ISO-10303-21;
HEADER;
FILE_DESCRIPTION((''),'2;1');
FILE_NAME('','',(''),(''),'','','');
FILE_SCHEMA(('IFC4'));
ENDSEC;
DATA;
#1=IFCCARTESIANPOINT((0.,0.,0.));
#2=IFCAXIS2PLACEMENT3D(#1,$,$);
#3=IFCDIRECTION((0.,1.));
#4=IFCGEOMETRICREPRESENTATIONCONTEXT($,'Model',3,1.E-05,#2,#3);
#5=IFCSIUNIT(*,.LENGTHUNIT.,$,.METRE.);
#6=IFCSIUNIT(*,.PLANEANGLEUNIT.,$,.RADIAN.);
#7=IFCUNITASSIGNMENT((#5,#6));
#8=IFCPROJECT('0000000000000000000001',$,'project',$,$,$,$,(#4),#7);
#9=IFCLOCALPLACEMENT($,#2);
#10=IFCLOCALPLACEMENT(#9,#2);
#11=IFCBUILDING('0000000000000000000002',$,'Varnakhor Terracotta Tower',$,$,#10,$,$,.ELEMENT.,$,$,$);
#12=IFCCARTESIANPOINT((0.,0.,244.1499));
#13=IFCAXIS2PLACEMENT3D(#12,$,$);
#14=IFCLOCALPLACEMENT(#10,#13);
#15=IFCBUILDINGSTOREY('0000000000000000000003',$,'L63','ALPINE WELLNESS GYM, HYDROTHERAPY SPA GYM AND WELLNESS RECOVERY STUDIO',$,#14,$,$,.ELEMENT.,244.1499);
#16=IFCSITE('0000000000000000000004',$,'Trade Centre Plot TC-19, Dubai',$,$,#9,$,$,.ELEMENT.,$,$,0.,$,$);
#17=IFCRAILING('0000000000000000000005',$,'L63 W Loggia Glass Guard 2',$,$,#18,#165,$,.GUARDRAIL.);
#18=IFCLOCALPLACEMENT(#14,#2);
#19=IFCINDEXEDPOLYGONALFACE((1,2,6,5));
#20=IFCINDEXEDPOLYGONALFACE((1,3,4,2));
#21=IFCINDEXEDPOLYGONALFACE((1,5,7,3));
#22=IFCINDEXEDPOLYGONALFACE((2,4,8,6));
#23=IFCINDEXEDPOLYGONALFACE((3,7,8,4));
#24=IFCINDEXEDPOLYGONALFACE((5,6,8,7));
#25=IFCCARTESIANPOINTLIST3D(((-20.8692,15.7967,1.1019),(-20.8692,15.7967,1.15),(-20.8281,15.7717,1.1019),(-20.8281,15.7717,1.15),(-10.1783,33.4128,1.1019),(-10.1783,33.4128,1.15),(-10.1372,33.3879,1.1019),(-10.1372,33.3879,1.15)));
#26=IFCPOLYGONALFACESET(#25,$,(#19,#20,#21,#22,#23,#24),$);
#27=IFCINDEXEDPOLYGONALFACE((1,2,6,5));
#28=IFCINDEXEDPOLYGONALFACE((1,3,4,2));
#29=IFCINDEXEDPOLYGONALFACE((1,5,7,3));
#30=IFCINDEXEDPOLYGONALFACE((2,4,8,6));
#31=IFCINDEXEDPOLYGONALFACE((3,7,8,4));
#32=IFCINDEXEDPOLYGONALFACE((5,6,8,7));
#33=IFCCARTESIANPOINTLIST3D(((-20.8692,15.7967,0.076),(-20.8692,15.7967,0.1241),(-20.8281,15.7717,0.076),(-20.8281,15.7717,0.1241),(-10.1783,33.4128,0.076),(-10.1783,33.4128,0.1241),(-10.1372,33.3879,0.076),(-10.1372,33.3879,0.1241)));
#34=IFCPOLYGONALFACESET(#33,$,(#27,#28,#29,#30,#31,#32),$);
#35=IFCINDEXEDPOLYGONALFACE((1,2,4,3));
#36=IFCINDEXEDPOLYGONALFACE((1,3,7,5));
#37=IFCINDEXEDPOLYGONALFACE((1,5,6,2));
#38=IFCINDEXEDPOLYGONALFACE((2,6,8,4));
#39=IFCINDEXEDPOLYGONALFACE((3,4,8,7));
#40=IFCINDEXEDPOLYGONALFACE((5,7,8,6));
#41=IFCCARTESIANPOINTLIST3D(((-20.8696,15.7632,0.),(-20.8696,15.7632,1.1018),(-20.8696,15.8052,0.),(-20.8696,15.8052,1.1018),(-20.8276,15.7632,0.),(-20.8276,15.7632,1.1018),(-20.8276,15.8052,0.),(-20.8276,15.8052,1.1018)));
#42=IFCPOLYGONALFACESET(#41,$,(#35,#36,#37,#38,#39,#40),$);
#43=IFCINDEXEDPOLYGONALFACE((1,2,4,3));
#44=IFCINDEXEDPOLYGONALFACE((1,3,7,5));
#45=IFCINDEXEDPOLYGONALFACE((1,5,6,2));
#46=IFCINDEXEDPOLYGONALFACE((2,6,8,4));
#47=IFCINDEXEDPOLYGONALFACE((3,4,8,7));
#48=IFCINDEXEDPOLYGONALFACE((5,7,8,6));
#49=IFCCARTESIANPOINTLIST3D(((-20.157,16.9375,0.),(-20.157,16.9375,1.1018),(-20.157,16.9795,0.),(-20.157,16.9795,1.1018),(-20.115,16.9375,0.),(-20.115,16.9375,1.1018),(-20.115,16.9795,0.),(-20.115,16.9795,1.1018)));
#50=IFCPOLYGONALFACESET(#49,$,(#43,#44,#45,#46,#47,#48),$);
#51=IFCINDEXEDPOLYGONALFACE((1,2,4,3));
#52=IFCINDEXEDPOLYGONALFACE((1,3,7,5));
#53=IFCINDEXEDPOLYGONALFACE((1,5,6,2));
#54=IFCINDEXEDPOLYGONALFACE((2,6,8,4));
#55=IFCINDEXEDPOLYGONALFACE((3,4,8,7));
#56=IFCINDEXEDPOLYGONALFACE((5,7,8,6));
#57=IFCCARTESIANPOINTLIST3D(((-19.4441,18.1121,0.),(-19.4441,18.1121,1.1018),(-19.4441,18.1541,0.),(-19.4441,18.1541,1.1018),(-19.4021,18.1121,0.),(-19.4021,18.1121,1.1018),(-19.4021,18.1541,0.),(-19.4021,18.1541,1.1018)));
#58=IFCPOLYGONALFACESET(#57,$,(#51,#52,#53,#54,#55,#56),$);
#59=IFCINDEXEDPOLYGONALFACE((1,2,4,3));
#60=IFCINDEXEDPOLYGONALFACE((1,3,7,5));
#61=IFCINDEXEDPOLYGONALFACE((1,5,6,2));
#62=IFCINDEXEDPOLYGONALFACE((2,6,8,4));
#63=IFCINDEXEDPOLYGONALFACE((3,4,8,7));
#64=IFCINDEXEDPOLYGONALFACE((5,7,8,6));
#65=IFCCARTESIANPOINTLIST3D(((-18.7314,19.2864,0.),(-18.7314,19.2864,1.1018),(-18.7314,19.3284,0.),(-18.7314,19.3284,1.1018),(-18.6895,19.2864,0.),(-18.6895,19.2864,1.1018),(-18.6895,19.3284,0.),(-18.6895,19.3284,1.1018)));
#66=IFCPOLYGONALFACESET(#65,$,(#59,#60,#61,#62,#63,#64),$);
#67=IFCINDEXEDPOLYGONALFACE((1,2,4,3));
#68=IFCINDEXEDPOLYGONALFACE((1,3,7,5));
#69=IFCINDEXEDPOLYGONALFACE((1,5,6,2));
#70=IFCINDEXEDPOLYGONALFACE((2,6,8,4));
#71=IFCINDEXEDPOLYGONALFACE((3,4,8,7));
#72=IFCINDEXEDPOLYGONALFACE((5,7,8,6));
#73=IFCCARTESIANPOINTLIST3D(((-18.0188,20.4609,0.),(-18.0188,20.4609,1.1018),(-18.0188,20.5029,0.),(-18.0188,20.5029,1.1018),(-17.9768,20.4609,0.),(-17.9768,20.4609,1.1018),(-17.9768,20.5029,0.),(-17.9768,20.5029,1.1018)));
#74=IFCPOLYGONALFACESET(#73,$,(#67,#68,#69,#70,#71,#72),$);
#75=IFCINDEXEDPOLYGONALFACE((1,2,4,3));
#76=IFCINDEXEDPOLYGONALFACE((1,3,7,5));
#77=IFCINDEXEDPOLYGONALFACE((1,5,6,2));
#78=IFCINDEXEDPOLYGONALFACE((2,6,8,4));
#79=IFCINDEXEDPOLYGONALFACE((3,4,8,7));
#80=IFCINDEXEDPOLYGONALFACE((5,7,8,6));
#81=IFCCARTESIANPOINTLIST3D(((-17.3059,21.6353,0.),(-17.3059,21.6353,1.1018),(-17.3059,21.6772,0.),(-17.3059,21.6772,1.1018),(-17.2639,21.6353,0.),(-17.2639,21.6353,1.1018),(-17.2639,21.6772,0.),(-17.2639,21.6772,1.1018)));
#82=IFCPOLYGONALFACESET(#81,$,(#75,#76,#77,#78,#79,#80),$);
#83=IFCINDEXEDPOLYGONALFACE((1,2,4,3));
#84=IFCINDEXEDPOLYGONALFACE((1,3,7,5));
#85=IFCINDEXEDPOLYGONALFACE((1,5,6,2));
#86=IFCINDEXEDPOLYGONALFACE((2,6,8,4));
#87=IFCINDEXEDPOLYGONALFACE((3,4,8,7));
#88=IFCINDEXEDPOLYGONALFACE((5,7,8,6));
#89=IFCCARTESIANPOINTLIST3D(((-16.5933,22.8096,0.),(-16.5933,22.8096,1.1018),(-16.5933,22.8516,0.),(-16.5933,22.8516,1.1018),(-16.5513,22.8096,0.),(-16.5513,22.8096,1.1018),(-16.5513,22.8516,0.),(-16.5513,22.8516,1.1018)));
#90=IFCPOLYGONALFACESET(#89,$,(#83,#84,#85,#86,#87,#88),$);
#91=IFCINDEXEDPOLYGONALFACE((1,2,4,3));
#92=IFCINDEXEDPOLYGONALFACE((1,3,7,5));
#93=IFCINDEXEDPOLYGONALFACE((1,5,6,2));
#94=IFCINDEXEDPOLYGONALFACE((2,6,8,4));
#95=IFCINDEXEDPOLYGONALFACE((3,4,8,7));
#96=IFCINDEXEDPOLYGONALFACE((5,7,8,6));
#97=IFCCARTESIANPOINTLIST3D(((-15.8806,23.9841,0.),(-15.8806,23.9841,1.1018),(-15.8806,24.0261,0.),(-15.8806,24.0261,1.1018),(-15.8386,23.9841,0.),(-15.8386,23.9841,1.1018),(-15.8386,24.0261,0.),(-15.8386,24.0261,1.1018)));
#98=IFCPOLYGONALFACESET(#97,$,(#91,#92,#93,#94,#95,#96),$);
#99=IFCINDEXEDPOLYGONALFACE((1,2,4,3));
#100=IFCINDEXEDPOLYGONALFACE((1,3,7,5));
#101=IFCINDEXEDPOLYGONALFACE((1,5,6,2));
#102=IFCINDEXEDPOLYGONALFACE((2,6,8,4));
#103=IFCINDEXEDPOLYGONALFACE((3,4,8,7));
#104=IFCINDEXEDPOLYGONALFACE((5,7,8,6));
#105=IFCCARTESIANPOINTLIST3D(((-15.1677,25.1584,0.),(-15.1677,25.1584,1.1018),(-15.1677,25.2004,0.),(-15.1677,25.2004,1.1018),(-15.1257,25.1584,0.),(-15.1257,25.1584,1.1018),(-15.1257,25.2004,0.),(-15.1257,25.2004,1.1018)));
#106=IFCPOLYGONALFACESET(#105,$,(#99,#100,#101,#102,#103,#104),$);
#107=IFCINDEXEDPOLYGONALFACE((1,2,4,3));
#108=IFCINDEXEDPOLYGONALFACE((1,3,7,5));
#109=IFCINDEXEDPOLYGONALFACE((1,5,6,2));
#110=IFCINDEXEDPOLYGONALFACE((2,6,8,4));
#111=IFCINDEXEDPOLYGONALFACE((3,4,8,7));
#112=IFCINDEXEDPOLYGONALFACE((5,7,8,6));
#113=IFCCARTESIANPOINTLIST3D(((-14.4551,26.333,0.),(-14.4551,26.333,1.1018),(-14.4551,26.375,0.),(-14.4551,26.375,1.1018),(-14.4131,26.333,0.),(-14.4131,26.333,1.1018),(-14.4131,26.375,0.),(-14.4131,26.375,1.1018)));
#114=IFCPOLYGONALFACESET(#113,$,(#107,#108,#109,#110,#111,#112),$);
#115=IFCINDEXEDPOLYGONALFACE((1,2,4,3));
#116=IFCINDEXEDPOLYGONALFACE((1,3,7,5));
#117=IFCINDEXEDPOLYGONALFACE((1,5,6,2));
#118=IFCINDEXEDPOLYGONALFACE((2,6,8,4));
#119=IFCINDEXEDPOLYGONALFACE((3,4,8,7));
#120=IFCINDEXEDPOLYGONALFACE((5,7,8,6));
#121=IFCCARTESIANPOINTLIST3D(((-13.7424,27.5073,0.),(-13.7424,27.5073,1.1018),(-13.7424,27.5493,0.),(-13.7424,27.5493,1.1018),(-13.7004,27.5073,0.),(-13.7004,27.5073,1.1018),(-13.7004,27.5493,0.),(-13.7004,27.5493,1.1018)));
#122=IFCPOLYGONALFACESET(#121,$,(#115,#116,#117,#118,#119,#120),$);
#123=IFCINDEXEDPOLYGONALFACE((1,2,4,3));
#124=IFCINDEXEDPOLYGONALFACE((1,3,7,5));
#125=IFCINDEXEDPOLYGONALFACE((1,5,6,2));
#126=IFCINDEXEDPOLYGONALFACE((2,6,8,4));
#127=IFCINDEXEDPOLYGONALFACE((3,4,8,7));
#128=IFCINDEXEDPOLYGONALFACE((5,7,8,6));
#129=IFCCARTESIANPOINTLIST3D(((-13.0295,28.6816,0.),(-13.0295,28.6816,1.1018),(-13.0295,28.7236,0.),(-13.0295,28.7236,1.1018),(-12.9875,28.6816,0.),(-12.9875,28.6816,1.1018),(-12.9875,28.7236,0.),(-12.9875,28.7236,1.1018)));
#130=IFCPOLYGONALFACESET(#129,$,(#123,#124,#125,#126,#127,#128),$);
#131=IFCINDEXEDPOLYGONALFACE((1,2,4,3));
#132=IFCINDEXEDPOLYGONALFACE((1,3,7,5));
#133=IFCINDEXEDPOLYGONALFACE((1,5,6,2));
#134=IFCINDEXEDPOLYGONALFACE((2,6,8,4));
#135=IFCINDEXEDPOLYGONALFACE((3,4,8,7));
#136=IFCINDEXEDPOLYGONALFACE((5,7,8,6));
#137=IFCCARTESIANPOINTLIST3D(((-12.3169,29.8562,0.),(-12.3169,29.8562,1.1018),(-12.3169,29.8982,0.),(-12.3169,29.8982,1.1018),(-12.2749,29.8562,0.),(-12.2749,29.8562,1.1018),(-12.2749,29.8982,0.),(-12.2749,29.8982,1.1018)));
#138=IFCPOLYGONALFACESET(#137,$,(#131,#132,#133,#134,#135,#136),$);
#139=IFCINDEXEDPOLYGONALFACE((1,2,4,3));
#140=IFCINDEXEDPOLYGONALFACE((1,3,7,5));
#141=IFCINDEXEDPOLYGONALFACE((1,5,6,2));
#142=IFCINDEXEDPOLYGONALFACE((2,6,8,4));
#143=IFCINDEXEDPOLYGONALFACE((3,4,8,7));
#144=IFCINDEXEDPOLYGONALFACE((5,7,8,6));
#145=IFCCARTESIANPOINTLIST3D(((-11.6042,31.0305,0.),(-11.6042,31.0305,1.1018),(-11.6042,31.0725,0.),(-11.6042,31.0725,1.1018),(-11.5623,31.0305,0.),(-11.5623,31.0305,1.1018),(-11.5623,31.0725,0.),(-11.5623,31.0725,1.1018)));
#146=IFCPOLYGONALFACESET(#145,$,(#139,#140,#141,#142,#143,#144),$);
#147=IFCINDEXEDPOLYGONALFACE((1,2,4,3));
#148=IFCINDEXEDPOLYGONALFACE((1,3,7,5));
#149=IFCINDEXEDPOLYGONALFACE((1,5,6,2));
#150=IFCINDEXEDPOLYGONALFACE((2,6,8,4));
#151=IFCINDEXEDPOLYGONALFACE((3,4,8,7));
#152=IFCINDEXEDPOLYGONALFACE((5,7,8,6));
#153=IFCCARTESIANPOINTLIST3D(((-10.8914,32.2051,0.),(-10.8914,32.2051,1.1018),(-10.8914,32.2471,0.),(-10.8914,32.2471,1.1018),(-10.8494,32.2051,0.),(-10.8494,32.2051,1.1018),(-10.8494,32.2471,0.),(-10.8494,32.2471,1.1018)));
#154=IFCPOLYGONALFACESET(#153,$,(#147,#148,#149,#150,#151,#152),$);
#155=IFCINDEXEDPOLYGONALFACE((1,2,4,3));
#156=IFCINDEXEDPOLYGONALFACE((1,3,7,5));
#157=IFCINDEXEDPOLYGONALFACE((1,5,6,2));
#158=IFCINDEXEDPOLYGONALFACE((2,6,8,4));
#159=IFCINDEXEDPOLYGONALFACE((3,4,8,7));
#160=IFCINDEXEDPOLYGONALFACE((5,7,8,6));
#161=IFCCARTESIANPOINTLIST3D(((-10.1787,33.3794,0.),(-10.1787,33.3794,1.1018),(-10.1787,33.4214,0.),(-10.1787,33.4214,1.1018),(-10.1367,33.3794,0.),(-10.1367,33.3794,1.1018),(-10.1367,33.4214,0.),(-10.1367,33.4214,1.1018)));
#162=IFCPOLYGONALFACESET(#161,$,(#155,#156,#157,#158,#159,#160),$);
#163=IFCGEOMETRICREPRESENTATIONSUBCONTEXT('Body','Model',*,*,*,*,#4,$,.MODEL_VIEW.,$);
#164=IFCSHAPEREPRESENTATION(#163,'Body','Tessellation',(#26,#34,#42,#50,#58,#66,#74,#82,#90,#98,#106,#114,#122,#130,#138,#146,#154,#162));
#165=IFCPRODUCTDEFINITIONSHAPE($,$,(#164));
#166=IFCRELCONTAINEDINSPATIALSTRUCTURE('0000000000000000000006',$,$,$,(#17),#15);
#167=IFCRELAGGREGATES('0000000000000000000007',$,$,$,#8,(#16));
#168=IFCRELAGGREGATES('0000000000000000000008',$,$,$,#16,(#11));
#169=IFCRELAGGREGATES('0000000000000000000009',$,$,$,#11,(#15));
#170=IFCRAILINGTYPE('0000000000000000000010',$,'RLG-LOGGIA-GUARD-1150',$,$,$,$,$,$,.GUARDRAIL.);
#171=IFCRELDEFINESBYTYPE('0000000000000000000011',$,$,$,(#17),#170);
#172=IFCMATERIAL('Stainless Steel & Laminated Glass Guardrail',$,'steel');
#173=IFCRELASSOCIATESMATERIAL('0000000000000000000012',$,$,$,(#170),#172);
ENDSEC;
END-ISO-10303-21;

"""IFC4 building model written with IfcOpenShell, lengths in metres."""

from ifc_helpers import new_model, si_unit, direction, frame, origin, origin_2d, place, context, subcontext, project, spatial, rectangle, extrude, material, type_object, element, save


model = new_model("IFC4")

# Units and contexts
model_context = context("Model", 3, precision=1e-05, world=origin(), true_north=direction((0.0, 1.0)))
body_context = subcontext(model_context, "Body", "Model", "MODEL_VIEW")
ifc_project = project(units=[si_unit("LENGTHUNIT", "METRE"), si_unit("PLANEANGLEUNIT", "RADIAN")], contexts=[model_context])

# Site, building, storey
site_placement = place(None, origin())
site = spatial("IfcSite", under=ifc_project, at=site_placement, Name="Trade Centre Plot TC-19, Dubai", CompositionType="ELEMENT", RefElevation=0.0)
building_placement = place(site_placement, origin())
building = spatial("IfcBuilding", under=site, at=building_placement, Name="Varnakhor Terracotta Tower", CompositionType="ELEMENT")
storey_placement = place(building_placement, frame((0.0, 0.0, 244.1499)))
storey = spatial("IfcBuildingStorey", under=building, at=storey_placement, Name="L63", Description="ALPINE WELLNESS GYM, HYDROTHERAPY SPA GYM AND WELLNESS RECOVERY STUDIO", CompositionType="ELEMENT", Elevation=244.1499)

# Railing
ifc_material_1 = material(Name="Stainless Steel & Laminated Glass Guardrail", Category="steel")
railing_type = type_object("IfcRailingType", Name="RLG-LOGGIA-GUARD-1150", PredefinedType="GUARDRAIL", material=ifc_material_1)
railing_1_placement = place(storey_placement, frame((-20.8486, 15.7842, 0.0)))
element("IfcRailing", 1, at=railing_1_placement, inside=storey, type_object=railing_type, Name="L63 W Loggia Glass Guard 2", PredefinedType="GUARDRAIL", context=body_context, shape_type="SweptSolid", body=[
    extrude(rectangle(XDim=0.0481, YDim=0.0481, at=origin_2d()), frame((0.0, 0.0, 1.126), z_axis=(0.518814, 0.854887, 0.0), x_axis=(-0.854887, 0.518814, 0.0)), (0.0, 0.0, 1.0), 20.6064),
    extrude(rectangle(XDim=0.0481, YDim=0.0481, at=origin_2d()), frame((0.0, 0.0, 0.1001), z_axis=(0.518814, 0.854887, 0.0), x_axis=(-0.854887, 0.518814, 0.0)), (0.0, 0.0, 1.0), 20.6064),
    extrude(rectangle(XDim=0.042, YDim=0.042, at=origin_2d()), origin(), (0.0, 0.0, 1.0), 1.1018),
    extrude(rectangle(XDim=0.042, YDim=0.042, at=origin_2d()), frame((0.7126, 1.1743, 0.0)), (0.0, 0.0, 1.0), 1.1018),
    extrude(rectangle(XDim=0.042, YDim=0.042, at=origin_2d()), frame((1.4255, 2.3489, 0.0)), (0.0, 0.0, 1.0), 1.1018),
    extrude(rectangle(XDim=0.042, YDim=0.042, at=origin_2d()), frame((2.1382, 3.5232, 0.0)), (0.0, 0.0, 1.0), 1.1018),
    extrude(rectangle(XDim=0.042, YDim=0.042, at=origin_2d()), frame((2.8508, 4.6978, 0.0)), (0.0, 0.0, 1.0), 1.1018),
    extrude(rectangle(XDim=0.042, YDim=0.042, at=origin_2d()), frame((3.5637, 5.8721, 0.0)), (0.0, 0.0, 1.0), 1.1018),
    extrude(rectangle(XDim=0.042, YDim=0.042, at=origin_2d()), frame((4.2764, 7.0464, 0.0)), (0.0, 0.0, 1.0), 1.1018),
    extrude(rectangle(XDim=0.042, YDim=0.042, at=origin_2d()), frame((4.989, 8.2209, 0.0)), (0.0, 0.0, 1.0), 1.1018),
    extrude(rectangle(XDim=0.042, YDim=0.042, at=origin_2d()), frame((5.7019, 9.3953, 0.0)), (0.0, 0.0, 1.0), 1.1018),
    extrude(rectangle(XDim=0.042, YDim=0.042, at=origin_2d()), frame((6.4146, 10.5698, 0.0)), (0.0, 0.0, 1.0), 1.1018),
    extrude(rectangle(XDim=0.042, YDim=0.042, at=origin_2d()), frame((7.1272, 11.7441, 0.0)), (0.0, 0.0, 1.0), 1.1018),
    extrude(rectangle(XDim=0.042, YDim=0.042, at=origin_2d()), frame((7.8401, 12.9185, 0.0)), (0.0, 0.0, 1.0), 1.1018),
    extrude(rectangle(XDim=0.042, YDim=0.042, at=origin_2d()), frame((8.5527, 14.093, 0.0)), (0.0, 0.0, 1.0), 1.1018),
    extrude(rectangle(XDim=0.042, YDim=0.042, at=origin_2d()), frame((9.2654, 15.2673, 0.0)), (0.0, 0.0, 1.0), 1.1018),
    extrude(rectangle(XDim=0.042, YDim=0.042, at=origin_2d()), frame((9.9783, 16.4419, 0.0)), (0.0, 0.0, 1.0), 1.1018),
    extrude(rectangle(XDim=0.042, YDim=0.042, at=origin_2d()), frame((10.6909, 17.6162, 0.0)), (0.0, 0.0, 1.0), 1.1018),
])

save(model, "model.ifc")
